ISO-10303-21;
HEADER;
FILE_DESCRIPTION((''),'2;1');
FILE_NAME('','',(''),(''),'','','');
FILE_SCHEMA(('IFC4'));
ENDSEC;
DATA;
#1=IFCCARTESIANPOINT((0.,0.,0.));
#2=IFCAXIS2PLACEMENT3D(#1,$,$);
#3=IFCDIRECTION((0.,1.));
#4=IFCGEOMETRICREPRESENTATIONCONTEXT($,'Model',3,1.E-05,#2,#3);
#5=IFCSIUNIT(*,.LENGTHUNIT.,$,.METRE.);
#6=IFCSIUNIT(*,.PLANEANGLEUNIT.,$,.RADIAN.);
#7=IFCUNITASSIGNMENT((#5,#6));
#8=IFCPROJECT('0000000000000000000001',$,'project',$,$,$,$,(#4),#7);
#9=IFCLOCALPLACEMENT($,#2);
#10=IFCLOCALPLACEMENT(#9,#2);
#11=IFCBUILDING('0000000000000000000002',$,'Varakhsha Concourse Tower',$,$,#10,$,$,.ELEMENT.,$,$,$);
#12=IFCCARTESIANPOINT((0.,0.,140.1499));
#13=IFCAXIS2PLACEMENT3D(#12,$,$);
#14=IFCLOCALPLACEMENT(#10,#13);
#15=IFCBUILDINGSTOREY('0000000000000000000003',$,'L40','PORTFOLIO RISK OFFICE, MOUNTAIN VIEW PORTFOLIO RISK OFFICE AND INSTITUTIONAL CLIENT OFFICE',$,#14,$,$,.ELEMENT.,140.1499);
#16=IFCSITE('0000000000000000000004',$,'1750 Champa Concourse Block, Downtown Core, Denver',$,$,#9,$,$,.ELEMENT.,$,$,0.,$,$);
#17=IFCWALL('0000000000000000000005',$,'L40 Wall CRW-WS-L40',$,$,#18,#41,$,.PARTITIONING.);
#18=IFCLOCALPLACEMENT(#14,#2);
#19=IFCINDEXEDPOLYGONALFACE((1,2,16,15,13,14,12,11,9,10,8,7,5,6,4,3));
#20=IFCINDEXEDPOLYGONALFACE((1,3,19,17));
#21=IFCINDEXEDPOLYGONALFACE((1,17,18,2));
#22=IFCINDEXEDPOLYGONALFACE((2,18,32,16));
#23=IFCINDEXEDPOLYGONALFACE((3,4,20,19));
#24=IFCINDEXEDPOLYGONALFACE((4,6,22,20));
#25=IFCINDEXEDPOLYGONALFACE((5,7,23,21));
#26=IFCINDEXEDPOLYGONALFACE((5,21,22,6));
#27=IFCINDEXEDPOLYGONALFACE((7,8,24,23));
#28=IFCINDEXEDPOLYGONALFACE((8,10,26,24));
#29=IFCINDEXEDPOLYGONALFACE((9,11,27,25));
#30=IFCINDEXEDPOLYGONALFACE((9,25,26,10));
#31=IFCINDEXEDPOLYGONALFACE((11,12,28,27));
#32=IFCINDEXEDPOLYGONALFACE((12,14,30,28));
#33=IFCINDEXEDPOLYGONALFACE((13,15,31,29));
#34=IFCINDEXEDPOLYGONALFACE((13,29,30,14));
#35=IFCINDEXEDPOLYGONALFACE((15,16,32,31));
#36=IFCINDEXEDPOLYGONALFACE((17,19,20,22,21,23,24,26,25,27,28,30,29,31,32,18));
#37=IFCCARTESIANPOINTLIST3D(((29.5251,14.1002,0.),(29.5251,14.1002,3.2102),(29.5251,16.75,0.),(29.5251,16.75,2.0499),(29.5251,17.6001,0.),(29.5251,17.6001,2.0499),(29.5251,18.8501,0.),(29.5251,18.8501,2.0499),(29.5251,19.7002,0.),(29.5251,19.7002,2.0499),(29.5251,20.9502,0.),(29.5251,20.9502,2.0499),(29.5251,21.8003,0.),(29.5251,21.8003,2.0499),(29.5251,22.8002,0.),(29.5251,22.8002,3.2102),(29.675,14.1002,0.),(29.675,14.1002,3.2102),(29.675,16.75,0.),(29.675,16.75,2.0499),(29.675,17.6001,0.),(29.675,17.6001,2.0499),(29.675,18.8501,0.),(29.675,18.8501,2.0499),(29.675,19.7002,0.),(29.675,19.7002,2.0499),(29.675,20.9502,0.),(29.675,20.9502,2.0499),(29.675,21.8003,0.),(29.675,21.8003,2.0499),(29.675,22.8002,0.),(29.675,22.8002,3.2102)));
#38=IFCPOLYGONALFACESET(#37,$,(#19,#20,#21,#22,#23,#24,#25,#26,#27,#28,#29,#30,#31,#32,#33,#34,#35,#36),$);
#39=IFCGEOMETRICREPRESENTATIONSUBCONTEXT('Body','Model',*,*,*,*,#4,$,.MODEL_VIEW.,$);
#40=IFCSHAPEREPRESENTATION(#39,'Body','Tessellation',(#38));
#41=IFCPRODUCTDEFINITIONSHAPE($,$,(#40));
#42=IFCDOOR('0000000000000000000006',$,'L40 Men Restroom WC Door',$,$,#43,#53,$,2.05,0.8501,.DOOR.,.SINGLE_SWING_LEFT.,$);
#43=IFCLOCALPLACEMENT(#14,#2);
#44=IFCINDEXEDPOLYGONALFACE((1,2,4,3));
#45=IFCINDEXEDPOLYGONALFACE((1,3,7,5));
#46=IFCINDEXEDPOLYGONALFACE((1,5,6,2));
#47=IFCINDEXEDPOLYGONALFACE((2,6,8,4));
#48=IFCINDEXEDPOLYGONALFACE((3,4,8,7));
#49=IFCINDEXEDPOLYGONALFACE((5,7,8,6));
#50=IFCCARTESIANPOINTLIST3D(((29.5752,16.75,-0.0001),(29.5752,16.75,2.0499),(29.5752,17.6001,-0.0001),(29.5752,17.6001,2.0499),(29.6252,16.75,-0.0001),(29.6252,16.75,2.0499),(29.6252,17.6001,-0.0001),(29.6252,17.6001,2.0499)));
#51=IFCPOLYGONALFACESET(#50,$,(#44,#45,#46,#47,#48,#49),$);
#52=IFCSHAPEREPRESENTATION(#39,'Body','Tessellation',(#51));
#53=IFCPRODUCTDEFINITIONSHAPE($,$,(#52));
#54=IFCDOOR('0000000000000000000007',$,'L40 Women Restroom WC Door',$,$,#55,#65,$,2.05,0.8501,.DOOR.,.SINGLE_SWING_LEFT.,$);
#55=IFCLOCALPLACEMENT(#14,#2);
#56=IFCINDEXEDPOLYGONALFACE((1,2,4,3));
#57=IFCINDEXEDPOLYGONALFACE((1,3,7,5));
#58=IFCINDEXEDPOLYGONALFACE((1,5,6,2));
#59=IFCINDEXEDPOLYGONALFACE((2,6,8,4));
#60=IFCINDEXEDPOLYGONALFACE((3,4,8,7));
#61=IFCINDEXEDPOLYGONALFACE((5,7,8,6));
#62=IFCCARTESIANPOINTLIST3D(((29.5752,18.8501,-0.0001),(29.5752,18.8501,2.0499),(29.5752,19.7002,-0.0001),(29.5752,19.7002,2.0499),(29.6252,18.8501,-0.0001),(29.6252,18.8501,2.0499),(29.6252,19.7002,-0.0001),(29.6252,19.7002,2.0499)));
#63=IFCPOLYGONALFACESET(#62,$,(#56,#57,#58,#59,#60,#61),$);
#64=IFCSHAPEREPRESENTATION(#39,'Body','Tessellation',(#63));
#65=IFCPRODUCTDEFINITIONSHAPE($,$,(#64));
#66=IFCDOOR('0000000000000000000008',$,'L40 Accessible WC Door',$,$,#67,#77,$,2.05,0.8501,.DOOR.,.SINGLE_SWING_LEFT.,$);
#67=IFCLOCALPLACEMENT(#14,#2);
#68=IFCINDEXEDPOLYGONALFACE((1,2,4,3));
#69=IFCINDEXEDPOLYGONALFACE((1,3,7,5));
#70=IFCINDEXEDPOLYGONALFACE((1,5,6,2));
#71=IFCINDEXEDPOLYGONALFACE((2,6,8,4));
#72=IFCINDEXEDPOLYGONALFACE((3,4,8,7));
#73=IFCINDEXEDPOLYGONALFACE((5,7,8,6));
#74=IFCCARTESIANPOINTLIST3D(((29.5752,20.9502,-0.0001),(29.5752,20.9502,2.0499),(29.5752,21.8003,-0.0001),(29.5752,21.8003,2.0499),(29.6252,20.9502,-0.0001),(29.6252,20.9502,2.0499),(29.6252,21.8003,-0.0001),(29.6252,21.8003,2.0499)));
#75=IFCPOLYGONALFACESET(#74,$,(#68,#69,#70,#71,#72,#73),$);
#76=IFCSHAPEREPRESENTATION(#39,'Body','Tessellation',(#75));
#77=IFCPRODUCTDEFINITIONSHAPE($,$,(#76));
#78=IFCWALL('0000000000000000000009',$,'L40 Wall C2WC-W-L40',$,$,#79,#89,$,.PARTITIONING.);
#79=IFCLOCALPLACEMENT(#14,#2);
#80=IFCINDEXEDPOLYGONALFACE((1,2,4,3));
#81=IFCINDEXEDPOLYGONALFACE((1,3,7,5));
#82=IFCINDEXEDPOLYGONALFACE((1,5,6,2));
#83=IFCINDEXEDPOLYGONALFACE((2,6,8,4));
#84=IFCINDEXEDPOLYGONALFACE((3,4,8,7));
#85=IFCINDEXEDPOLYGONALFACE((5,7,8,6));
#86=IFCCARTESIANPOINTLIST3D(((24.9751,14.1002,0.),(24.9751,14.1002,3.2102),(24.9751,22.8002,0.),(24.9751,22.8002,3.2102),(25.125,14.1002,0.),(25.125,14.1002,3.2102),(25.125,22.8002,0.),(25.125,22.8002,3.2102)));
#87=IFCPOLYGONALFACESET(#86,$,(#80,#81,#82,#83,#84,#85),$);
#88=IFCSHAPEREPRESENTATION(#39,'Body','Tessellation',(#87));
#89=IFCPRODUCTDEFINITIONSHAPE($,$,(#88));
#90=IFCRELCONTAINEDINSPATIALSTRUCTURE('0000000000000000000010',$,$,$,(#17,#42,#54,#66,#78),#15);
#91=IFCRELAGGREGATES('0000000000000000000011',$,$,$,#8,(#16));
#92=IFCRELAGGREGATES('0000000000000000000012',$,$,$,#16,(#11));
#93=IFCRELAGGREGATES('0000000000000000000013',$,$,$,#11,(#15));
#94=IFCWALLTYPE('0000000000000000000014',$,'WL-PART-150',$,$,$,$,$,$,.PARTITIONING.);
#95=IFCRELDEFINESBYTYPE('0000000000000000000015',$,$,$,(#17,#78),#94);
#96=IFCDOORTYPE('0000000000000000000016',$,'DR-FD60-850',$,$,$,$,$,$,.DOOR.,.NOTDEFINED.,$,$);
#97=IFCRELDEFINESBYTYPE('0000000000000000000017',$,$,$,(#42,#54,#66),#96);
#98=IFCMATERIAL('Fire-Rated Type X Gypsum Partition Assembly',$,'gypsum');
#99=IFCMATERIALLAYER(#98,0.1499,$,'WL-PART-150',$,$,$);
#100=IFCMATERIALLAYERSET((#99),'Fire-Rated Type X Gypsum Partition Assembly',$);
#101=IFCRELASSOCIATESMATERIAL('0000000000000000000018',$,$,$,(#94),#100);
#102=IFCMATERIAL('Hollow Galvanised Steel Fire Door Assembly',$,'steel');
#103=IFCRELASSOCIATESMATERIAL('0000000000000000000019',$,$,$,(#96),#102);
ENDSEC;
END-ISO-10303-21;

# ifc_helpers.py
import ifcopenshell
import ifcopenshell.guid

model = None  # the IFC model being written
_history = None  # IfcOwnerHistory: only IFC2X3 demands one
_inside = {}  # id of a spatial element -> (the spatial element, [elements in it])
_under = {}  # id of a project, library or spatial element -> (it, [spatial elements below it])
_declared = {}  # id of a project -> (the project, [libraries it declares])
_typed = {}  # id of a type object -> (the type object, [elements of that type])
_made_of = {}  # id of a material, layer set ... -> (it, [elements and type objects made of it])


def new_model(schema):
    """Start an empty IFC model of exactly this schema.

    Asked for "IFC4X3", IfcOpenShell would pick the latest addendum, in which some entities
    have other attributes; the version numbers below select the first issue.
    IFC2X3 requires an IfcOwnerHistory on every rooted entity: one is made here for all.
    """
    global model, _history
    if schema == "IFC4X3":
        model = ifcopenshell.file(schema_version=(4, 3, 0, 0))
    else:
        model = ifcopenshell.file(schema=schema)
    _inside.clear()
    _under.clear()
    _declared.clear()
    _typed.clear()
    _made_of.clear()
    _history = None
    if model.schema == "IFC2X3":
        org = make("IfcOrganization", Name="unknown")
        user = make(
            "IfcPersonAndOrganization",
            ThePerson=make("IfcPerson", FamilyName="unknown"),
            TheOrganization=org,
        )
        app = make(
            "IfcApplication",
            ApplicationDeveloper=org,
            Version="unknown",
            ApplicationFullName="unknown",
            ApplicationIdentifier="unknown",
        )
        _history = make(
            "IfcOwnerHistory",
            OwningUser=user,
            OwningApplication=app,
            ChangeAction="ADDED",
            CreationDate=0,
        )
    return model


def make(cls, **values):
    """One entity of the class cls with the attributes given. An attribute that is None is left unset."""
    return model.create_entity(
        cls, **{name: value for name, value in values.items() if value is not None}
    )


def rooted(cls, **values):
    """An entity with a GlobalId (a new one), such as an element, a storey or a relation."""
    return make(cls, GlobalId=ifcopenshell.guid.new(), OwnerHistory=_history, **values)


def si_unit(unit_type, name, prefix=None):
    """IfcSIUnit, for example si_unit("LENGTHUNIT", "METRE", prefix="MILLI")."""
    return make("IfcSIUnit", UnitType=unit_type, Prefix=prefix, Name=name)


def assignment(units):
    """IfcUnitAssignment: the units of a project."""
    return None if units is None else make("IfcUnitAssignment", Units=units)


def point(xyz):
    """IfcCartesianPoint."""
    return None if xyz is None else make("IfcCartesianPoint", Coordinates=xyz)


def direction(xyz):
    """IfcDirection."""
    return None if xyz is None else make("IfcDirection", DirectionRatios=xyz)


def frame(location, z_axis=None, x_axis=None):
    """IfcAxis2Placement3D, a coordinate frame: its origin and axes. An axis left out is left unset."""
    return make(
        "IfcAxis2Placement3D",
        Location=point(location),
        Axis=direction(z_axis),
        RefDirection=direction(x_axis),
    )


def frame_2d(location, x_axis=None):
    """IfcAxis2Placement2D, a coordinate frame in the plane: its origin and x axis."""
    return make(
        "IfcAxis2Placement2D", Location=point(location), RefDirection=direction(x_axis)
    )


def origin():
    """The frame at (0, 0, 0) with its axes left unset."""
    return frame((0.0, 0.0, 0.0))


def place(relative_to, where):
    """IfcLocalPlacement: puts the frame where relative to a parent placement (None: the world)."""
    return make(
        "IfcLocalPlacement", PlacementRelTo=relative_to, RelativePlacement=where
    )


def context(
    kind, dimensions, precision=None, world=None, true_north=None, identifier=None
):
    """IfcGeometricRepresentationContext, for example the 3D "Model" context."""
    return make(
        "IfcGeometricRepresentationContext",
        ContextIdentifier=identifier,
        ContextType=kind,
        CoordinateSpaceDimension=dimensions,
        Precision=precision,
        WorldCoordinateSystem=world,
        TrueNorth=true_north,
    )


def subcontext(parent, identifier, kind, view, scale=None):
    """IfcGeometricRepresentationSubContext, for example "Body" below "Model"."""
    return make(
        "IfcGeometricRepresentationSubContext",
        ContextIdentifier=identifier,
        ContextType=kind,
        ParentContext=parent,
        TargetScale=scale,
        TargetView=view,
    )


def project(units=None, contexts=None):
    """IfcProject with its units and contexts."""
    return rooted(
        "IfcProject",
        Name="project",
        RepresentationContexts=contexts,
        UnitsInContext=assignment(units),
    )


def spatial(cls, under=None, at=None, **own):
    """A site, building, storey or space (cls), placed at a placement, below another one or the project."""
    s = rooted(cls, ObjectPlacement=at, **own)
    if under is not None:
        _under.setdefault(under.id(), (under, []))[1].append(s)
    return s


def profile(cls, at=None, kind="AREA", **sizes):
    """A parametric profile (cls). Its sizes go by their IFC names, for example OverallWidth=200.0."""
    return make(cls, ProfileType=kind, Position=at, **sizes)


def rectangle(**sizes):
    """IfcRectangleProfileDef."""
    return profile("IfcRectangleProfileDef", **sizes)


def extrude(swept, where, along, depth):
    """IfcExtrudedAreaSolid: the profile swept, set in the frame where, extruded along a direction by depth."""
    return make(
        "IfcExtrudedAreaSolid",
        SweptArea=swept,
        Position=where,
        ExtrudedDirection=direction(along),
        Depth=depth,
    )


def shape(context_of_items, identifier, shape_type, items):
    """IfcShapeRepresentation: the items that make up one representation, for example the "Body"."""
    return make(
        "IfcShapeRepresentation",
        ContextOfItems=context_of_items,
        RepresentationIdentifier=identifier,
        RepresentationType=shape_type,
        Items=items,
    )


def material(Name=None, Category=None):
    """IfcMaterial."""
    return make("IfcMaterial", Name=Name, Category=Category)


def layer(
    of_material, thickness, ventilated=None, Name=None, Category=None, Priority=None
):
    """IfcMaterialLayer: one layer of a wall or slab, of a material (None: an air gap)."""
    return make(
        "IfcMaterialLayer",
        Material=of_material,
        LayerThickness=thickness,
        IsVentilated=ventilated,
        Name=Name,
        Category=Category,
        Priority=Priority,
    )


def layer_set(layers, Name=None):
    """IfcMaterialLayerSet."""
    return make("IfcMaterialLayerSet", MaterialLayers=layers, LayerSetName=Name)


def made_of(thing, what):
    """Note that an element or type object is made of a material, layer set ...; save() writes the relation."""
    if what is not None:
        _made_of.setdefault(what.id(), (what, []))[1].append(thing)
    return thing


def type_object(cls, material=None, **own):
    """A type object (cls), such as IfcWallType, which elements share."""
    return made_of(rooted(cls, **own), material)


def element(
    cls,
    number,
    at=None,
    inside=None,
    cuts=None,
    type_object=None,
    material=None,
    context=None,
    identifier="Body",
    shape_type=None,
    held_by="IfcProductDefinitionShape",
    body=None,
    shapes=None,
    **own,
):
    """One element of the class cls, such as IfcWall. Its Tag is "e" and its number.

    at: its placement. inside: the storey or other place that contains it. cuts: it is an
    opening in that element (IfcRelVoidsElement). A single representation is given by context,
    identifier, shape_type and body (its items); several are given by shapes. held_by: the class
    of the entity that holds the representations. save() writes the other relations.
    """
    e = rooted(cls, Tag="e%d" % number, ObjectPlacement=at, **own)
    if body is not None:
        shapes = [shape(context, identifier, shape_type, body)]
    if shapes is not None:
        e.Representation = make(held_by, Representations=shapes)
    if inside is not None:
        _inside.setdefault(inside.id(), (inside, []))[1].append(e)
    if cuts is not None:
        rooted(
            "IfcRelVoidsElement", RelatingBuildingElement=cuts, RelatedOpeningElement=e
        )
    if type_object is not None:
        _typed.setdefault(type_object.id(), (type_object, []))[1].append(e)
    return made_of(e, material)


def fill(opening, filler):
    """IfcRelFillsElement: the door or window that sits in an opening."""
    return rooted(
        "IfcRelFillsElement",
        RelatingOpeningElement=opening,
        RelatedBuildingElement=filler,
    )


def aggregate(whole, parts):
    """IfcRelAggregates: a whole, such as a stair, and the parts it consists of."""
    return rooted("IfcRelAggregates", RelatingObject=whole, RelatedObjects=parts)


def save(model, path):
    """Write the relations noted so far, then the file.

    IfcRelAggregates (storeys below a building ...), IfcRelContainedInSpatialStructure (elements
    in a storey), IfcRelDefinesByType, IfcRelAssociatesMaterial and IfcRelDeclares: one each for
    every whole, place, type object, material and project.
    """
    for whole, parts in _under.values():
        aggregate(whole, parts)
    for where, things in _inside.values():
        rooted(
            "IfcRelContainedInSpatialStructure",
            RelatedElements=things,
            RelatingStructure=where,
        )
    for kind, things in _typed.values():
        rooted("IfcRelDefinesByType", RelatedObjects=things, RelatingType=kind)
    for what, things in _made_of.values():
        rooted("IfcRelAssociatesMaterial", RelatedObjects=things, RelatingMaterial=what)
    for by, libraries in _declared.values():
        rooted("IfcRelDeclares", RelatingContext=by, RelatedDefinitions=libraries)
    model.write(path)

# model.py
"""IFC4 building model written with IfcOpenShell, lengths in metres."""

from ifc_helpers import new_model, si_unit, direction, frame, frame_2d, origin, place, context, subcontext, project, spatial, rectangle, extrude, material, layer, layer_set, type_object, element, fill, save


model = new_model("IFC4")

# Units and contexts
model_context = context("Model", 3, precision=1e-05, world=origin(), true_north=direction((0.0, 1.0)))
body_context = subcontext(model_context, "Body", "Model", "MODEL_VIEW")
ifc_project = project(units=[si_unit("LENGTHUNIT", "METRE"), si_unit("PLANEANGLEUNIT", "RADIAN")], contexts=[model_context])

# Site, building, storey
site_placement = place(None, origin())
site = spatial("IfcSite", under=ifc_project, at=site_placement, Name="1750 Champa Concourse Block, Downtown Core, Denver", CompositionType="ELEMENT", RefElevation=0.0)
building_placement = place(site_placement, origin())
building = spatial("IfcBuilding", under=site, at=building_placement, Name="Varakhsha Concourse Tower", CompositionType="ELEMENT")
storey_placement = place(building_placement, frame((0.0, 0.0, 140.1499)))
storey = spatial("IfcBuildingStorey", under=building, at=storey_placement, Name="L40", Description="PORTFOLIO RISK OFFICE, MOUNTAIN VIEW PORTFOLIO RISK OFFICE AND INSTITUTIONAL CLIENT OFFICE", CompositionType="ELEMENT", Elevation=140.1499)

# Shared definitions
ifc_material_1 = material(Name="Fire-Rated Type X Gypsum Partition Assembly", Category="gypsum")
ifc_layer_1 = layer(ifc_material_1, 0.1499, Name="WL-PART-150")
ifc_layer_set_1 = layer_set([ifc_layer_1], Name="Fire-Rated Type X Gypsum Partition Assembly")
wall_type = type_object("IfcWallType", Name="WL-PART-150", PredefinedType="PARTITIONING", material=ifc_layer_set_1)
ifc_material_2 = material(Name="Hollow Galvanised Steel Fire Door Assembly", Category="steel")

# Wall, openings, doors
wall_1_placement = place(storey_placement, frame((29.6001, 14.1001, 0.0), z_axis=(0.0, 0.0, 1.0), x_axis=(0.0, 1.0, 0.0)))
wall_1 = element("IfcWall", 1, at=wall_1_placement, inside=storey, type_object=wall_type, Name="L40 Wall CRW-WS-L40", PredefinedType="PARTITIONING", context=body_context, shape_type="SweptSolid", body=[
    extrude(rectangle(XDim=8.7, YDim=0.1499, at=frame_2d((4.3501, 0.0))), origin(), (0.0, 0.0, 1.0), 3.2102),
])
opening_1_placement = place(wall_1_placement, frame((2.6499, 0.0, 0.0)))
opening_1 = element("IfcOpeningElement", 2, at=opening_1_placement, cuts=wall_1, PredefinedType="OPENING", context=body_context, shape_type="SweptSolid", body=[
    extrude(rectangle(XDim=0.8501, YDim=2.05, at=frame_2d((0.425, 1.0249))), frame((0.0, 0.085, 0.0), z_axis=(0.0, -1.0, 0.0), x_axis=(1.0, 0.0, 0.0)), (0.0, 0.0, 1.0), 0.1699),
])
opening_2_placement = place(wall_1_placement, frame((4.75, 0.0, 0.0)))
opening_2 = element("IfcOpeningElement", 3, at=opening_2_placement, cuts=wall_1, PredefinedType="OPENING", context=body_context, shape_type="SweptSolid", body=[
    extrude(rectangle(XDim=0.8501, YDim=2.05, at=frame_2d((0.425, 1.0249))), frame((0.0, 0.085, 0.0), z_axis=(0.0, -1.0, 0.0), x_axis=(1.0, 0.0, 0.0)), (0.0, 0.0, 1.0), 0.1699),
])
opening_3_placement = place(wall_1_placement, frame((6.8501, 0.0, 0.0)))
opening_3 = element("IfcOpeningElement", 4, at=opening_3_placement, cuts=wall_1, PredefinedType="OPENING", context=body_context, shape_type="SweptSolid", body=[
    extrude(rectangle(XDim=0.8501, YDim=2.05, at=frame_2d((0.425, 1.0249))), frame((0.0, 0.085, 0.0), z_axis=(0.0, -1.0, 0.0), x_axis=(1.0, 0.0, 0.0)), (0.0, 0.0, 1.0), 0.1699),
])
door_type_1 = type_object("IfcDoorType", Name="DR-FD60-850", OperationType="NOTDEFINED", PredefinedType="DOOR", material=ifc_material_2)
door_1_placement = place(opening_1_placement, origin())
door_1 = element("IfcDoor", 5, at=door_1_placement, inside=storey, type_object=door_type_1, Name="L40 Men Restroom WC Door", OperationType="SINGLE_SWING_LEFT", OverallHeight=2.05, OverallWidth=0.8501, PredefinedType="DOOR", context=body_context, shape_type="SweptSolid", body=[
    extrude(rectangle(XDim=0.8501, YDim=2.05, at=frame_2d((0.425, 1.0249))), frame((0.0, 0.0249, 0.0), z_axis=(0.0, -1.0, 0.0), x_axis=(1.0, 0.0, 0.0)), (0.0, 0.0, 1.0), 0.05),
])
fill(opening_1, door_1)
door_2_placement = place(opening_2_placement, origin())
door_2 = element("IfcDoor", 6, at=door_2_placement, inside=storey, type_object=door_type_1, Name="L40 Women Restroom WC Door", OperationType="SINGLE_SWING_LEFT", OverallHeight=2.05, OverallWidth=0.8501, PredefinedType="DOOR", context=body_context, shape_type="SweptSolid", body=[
    extrude(rectangle(XDim=0.8501, YDim=2.05, at=frame_2d((0.425, 1.0249))), frame((0.0, 0.0249, 0.0), z_axis=(0.0, -1.0, 0.0), x_axis=(1.0, 0.0, 0.0)), (0.0, 0.0, 1.0), 0.05),
])
fill(opening_2, door_2)
door_3_placement = place(opening_3_placement, origin())
door_3 = element("IfcDoor", 7, at=door_3_placement, inside=storey, type_object=door_type_1, Name="L40 Accessible WC Door", OperationType="SINGLE_SWING_LEFT", OverallHeight=2.05, OverallWidth=0.8501, PredefinedType="DOOR", context=body_context, shape_type="SweptSolid", body=[
    extrude(rectangle(XDim=0.8501, YDim=2.05, at=frame_2d((0.425, 1.0249))), frame((0.0, 0.0249, 0.0), z_axis=(0.0, -1.0, 0.0), x_axis=(1.0, 0.0, 0.0)), (0.0, 0.0, 1.0), 0.05),
])
fill(opening_3, door_3)

# Wall
wall_2_placement = place(storey_placement, frame((25.05, 14.1001, 0.0), z_axis=(0.0, 0.0, 1.0), x_axis=(0.0, 1.0, 0.0)))
element("IfcWall", 8, at=wall_2_placement, inside=storey, type_object=wall_type, Name="L40 Wall C2WC-W-L40", PredefinedType="PARTITIONING", context=body_context, shape_type="SweptSolid", body=[
    extrude(rectangle(XDim=8.7, YDim=0.1499, at=frame_2d((4.3501, 0.0))), origin(), (0.0, 0.0, 1.0), 3.2102),
])

save(model, "model.ifc")
